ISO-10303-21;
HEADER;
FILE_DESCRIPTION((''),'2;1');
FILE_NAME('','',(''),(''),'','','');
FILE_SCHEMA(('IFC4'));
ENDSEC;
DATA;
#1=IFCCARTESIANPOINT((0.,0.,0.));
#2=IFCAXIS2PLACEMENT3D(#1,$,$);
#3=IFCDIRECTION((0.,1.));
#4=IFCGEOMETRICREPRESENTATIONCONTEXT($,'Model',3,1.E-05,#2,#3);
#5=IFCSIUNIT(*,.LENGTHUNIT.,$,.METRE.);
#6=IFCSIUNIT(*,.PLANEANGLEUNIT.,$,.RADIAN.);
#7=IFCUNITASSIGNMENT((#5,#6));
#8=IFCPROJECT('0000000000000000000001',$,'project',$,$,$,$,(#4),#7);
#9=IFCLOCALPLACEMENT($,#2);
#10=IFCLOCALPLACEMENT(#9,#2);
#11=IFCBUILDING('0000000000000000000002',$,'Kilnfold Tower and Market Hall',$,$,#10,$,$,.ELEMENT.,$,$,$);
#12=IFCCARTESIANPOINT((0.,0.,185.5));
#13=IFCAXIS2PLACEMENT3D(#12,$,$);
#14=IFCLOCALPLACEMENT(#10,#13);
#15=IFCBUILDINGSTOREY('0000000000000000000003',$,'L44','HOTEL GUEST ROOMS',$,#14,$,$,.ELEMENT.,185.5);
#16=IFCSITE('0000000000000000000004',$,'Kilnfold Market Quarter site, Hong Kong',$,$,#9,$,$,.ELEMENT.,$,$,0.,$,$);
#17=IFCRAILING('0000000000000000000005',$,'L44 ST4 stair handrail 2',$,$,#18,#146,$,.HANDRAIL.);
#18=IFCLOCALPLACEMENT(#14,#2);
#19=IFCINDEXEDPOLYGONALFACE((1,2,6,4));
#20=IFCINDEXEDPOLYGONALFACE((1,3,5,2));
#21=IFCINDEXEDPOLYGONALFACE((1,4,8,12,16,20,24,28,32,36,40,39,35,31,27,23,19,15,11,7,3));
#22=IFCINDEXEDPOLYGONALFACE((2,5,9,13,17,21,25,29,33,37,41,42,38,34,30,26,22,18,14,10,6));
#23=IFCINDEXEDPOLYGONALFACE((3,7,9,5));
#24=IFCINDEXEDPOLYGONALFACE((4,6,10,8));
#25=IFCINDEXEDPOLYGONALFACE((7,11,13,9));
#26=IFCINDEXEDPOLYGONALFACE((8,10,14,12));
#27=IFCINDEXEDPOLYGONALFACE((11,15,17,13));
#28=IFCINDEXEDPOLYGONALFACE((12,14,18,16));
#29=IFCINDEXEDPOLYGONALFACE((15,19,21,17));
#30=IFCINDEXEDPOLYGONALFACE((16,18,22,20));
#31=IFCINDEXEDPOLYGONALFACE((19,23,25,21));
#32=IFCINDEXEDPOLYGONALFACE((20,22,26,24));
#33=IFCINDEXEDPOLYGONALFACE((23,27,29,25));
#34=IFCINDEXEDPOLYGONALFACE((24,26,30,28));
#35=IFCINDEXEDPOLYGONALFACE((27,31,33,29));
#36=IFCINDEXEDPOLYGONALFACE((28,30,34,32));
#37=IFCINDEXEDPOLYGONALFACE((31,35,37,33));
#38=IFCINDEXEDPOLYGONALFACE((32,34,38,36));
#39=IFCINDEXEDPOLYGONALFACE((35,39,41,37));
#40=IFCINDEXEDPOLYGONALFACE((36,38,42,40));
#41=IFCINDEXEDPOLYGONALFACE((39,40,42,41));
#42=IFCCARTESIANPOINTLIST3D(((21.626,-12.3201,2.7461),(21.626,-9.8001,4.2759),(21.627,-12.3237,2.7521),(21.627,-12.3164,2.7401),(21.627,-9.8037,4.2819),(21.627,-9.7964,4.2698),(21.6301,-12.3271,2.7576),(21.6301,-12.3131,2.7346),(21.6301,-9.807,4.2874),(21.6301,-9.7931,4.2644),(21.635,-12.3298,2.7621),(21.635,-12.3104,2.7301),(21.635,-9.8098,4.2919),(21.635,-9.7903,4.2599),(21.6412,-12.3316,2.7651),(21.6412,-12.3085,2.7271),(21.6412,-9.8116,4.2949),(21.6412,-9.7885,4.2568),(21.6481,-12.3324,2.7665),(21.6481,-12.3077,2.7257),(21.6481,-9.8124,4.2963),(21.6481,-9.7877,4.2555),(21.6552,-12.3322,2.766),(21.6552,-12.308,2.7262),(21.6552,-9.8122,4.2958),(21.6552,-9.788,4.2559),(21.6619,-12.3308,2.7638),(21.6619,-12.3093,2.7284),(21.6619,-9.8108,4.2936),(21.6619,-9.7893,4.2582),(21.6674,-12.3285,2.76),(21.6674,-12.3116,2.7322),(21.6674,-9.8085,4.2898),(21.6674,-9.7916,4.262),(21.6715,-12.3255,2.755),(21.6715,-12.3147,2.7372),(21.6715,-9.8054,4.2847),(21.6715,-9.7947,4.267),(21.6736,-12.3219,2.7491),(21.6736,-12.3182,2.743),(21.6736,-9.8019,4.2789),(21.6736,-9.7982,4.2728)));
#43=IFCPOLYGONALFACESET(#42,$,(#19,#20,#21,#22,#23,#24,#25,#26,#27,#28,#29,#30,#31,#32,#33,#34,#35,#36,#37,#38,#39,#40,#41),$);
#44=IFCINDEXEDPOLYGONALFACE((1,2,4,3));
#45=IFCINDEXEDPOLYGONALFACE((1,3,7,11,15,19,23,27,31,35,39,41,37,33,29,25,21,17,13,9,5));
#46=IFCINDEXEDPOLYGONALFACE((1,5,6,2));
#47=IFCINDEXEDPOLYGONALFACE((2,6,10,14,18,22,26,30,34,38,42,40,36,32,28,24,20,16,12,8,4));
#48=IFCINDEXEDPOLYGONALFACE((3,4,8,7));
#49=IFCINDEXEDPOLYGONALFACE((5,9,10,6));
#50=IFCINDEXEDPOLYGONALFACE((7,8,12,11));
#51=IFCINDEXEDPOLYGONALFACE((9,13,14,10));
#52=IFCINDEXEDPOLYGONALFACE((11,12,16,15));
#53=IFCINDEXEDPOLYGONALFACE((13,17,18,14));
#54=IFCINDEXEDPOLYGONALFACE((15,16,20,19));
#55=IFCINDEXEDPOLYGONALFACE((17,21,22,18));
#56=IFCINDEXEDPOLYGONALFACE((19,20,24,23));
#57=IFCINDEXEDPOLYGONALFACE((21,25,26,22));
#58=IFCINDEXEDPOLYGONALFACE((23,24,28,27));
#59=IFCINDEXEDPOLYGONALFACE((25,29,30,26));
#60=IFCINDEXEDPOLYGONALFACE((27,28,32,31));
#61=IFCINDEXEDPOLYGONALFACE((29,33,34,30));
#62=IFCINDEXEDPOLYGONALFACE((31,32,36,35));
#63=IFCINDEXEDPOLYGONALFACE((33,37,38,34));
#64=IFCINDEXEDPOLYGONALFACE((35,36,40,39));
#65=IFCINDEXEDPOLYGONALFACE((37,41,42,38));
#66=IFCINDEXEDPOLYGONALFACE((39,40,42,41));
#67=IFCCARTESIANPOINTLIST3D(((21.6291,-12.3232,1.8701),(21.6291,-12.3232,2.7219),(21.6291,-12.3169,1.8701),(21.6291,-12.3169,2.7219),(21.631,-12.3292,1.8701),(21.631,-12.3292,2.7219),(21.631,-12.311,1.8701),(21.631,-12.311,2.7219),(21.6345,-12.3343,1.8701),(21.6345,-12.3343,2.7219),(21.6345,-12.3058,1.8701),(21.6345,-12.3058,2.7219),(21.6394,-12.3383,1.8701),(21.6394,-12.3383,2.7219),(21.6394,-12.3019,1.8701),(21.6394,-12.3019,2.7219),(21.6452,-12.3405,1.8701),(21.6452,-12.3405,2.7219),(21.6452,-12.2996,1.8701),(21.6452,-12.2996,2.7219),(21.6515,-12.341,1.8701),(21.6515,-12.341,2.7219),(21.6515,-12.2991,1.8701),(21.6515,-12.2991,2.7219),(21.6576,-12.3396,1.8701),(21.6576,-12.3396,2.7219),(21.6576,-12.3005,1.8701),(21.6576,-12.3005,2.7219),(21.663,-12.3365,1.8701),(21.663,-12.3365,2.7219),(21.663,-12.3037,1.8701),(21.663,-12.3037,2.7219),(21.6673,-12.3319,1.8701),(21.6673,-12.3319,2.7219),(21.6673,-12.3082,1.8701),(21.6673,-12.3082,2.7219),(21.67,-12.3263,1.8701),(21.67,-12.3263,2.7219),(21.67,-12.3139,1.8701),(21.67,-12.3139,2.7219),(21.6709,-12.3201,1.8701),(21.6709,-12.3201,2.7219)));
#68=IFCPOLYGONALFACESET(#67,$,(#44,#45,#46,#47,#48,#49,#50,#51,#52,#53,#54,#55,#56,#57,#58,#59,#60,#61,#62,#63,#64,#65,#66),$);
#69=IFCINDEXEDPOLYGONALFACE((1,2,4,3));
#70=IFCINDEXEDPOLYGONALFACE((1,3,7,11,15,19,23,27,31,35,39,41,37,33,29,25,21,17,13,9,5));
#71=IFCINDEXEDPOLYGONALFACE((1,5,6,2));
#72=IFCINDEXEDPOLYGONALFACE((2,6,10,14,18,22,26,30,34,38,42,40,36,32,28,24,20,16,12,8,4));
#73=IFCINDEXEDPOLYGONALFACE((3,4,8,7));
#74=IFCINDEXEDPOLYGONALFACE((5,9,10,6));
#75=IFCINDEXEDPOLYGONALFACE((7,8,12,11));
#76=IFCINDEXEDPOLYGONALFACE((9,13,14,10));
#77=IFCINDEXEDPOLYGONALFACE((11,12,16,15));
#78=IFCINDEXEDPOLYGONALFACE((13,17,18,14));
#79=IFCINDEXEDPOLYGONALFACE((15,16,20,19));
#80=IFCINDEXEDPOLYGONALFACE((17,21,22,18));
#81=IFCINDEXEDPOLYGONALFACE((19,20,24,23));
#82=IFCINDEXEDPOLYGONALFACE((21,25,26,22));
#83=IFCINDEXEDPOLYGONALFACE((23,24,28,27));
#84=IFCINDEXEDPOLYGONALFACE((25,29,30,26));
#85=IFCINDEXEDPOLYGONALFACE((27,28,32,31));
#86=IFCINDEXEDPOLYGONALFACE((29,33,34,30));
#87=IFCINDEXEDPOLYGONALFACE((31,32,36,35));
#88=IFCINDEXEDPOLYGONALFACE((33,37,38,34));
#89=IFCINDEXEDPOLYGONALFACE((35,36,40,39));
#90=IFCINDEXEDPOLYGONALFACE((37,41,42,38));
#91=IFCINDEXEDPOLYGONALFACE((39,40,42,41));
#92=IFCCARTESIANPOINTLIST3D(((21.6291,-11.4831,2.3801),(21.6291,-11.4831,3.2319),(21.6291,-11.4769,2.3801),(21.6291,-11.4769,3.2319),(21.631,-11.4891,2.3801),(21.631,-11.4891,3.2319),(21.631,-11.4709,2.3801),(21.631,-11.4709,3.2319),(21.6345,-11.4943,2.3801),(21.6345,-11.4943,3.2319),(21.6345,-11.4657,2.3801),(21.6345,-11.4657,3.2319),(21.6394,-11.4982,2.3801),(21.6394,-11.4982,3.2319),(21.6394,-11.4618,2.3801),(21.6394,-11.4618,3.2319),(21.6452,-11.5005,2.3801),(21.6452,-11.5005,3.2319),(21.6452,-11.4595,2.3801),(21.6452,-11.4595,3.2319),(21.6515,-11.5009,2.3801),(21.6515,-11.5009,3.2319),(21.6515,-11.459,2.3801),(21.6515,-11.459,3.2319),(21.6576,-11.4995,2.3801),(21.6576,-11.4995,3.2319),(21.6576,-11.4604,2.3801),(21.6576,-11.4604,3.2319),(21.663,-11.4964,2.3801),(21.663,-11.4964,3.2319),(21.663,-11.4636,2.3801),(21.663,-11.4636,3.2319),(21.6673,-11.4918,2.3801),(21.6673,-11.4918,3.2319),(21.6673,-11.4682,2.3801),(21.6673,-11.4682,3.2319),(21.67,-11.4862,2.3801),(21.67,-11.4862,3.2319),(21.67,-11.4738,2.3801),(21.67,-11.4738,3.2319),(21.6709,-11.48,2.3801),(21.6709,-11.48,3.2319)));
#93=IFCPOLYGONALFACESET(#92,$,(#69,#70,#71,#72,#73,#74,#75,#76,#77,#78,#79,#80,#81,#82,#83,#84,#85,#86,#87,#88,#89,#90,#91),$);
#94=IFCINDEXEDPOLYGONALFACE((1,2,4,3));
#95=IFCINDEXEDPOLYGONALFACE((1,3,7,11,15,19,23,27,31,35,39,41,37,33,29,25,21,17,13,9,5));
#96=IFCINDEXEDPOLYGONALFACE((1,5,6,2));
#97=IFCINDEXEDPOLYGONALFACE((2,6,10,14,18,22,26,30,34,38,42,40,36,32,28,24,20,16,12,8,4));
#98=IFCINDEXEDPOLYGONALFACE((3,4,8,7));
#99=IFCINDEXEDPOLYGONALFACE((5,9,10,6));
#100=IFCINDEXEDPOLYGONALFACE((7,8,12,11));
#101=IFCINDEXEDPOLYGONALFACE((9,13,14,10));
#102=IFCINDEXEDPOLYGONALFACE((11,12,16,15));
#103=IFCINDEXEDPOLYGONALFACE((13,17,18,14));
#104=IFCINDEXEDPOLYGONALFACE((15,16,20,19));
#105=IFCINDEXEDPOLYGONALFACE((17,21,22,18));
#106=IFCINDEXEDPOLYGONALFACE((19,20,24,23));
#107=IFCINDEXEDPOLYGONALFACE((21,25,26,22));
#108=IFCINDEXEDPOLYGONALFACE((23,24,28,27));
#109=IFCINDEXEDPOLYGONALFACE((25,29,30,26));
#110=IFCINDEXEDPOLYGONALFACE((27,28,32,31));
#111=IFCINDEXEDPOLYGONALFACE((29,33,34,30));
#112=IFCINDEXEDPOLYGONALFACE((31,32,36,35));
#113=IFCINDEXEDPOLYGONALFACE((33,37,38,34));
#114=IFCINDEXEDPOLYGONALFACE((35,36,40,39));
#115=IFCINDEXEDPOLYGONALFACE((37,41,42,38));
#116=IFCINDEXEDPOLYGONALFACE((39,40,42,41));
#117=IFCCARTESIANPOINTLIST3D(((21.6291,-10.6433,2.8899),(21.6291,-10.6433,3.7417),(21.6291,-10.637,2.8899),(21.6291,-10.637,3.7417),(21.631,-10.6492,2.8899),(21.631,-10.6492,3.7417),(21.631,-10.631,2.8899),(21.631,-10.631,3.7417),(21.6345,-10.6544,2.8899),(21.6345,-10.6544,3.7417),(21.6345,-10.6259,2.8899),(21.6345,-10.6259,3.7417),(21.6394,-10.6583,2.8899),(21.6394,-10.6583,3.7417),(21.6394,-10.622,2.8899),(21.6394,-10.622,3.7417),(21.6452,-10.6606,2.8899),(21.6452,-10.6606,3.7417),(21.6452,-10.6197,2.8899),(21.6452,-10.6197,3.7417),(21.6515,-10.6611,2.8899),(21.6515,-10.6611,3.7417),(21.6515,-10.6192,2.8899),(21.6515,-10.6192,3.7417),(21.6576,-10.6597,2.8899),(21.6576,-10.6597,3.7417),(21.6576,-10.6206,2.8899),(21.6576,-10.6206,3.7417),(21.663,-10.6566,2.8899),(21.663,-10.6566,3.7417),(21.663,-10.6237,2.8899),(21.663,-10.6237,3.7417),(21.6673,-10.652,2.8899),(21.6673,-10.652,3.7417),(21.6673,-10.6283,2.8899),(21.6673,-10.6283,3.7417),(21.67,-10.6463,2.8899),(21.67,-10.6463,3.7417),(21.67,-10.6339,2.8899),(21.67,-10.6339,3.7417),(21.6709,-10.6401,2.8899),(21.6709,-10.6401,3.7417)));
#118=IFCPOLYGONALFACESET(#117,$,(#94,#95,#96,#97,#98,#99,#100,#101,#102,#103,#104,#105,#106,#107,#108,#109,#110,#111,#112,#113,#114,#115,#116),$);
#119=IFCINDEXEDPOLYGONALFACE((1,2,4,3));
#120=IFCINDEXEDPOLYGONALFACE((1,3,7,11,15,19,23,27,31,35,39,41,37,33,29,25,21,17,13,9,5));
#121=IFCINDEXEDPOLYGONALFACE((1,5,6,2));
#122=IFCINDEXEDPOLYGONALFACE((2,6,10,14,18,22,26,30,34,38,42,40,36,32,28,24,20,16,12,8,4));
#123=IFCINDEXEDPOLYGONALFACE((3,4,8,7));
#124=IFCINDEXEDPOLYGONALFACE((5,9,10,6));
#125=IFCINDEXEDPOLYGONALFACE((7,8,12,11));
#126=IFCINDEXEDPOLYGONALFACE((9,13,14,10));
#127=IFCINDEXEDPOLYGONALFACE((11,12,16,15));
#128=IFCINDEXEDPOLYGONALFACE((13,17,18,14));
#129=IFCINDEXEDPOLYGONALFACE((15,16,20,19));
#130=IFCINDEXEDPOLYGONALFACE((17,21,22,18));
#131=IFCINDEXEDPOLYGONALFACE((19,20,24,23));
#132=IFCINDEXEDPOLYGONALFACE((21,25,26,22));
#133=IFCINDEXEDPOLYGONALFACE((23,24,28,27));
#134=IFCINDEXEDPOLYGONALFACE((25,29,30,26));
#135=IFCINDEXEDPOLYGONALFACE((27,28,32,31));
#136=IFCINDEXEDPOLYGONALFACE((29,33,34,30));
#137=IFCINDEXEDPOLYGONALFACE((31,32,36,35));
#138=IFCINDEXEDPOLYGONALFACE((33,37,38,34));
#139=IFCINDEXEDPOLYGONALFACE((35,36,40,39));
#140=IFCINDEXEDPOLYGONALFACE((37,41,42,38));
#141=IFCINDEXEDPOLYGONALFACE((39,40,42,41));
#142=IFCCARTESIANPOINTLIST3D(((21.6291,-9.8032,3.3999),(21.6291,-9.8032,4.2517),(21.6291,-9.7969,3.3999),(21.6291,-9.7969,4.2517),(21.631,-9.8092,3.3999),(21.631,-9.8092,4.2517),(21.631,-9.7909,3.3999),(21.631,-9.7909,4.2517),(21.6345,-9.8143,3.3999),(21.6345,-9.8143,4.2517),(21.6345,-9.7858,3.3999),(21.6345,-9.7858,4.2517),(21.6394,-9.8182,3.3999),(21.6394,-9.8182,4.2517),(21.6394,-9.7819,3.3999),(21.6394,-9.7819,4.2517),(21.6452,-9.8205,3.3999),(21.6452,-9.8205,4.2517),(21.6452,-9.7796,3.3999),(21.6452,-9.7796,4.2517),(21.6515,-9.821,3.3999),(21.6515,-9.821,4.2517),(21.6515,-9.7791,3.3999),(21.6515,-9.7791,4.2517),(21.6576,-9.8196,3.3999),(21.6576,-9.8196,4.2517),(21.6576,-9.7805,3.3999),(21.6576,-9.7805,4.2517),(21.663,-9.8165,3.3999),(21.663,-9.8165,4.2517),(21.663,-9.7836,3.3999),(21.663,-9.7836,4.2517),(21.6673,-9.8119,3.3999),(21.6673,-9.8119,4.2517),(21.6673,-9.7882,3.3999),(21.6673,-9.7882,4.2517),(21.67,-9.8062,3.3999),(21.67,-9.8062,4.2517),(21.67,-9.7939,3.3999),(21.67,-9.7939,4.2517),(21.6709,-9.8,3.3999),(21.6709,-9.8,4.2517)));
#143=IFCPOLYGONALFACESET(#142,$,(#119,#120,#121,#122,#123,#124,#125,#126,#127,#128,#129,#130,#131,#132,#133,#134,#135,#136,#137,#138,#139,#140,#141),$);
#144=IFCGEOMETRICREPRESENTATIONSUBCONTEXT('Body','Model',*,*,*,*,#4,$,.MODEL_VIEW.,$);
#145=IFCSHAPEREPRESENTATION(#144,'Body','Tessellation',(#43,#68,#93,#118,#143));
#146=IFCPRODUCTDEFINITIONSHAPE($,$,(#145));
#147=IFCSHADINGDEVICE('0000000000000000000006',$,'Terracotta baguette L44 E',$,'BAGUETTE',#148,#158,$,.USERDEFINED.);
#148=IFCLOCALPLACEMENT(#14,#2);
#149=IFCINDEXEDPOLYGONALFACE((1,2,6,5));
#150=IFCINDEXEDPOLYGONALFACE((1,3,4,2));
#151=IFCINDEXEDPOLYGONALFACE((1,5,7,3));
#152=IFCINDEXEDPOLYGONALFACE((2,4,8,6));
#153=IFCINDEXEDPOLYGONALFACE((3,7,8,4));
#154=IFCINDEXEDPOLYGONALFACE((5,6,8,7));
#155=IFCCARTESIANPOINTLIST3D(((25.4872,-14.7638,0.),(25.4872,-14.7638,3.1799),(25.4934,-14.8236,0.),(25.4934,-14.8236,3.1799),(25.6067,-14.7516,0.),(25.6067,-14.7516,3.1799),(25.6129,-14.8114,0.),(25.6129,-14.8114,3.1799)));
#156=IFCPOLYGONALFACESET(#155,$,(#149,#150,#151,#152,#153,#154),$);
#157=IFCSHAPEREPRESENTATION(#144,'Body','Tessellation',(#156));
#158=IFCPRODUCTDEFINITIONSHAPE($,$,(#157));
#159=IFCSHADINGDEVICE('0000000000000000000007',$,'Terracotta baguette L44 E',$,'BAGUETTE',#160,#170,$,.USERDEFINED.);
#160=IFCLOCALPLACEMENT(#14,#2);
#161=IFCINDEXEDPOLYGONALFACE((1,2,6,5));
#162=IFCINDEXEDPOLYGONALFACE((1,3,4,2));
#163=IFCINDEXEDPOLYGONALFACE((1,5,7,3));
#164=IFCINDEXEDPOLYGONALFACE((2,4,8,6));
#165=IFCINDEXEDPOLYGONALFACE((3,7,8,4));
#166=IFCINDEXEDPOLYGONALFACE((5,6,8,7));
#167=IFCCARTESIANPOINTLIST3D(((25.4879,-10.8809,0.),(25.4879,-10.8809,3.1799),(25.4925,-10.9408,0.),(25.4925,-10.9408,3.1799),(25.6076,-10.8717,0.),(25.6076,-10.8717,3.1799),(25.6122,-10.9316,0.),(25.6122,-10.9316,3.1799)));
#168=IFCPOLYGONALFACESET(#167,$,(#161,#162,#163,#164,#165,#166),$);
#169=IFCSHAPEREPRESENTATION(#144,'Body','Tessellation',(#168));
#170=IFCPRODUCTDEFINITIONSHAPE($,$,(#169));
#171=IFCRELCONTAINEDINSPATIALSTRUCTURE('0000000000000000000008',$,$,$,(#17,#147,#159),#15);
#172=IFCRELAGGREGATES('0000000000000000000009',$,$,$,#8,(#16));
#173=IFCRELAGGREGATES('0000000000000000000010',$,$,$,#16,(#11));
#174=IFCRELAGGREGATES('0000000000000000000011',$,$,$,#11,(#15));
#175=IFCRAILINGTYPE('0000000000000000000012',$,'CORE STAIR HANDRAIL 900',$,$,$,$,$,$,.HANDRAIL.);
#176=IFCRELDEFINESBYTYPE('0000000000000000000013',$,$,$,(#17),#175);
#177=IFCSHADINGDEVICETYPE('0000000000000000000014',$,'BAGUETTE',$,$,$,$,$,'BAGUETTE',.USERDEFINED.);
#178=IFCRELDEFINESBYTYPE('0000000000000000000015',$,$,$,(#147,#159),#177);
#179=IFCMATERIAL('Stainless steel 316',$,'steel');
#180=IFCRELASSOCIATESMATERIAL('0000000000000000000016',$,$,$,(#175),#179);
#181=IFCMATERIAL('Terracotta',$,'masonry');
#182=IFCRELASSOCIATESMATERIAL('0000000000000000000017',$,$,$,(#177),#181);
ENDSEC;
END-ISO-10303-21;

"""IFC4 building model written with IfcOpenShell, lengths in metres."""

from ifc_helpers import new_model, si_unit, direction, frame, origin, origin_2d, place, context, subcontext, project, spatial, rectangle, circle, extrude, source, transform, mapped, material, material_profile, profile_set, type_object, element, save


model = new_model("IFC4")

# Units and contexts
model_context = context("Model", 3, precision=1e-05, world=origin(), true_north=direction((0.0, 1.0)))
body_context = subcontext(model_context, "Body", "Model", "MODEL_VIEW")
ifc_project = project(units=[si_unit("LENGTHUNIT", "METRE"), si_unit("PLANEANGLEUNIT", "RADIAN")], contexts=[model_context])

# Site, building, storey
site_placement = place(None, origin())
site = spatial("IfcSite", under=ifc_project, at=site_placement, Name="Kilnfold Market Quarter site, Hong Kong", CompositionType="ELEMENT", RefElevation=0.0)
building_placement = place(site_placement, origin())
building = spatial("IfcBuilding", under=site, at=building_placement, Name="Kilnfold Tower and Market Hall", CompositionType="ELEMENT")
storey_placement = place(building_placement, frame((0.0, 0.0, 185.5)))
storey = spatial("IfcBuildingStorey", under=building, at=storey_placement, Name="L44", Description="HOTEL GUEST ROOMS", CompositionType="ELEMENT", Elevation=185.5)

# Railing
ifc_material_1 = material(Name="Stainless steel 316", Category="steel")
railing_type_1 = type_object("IfcRailingType", Name="CORE STAIR HANDRAIL 900", PredefinedType="HANDRAIL", material=ifc_material_1)
railing_1_placement = place(storey_placement, frame((21.6499, -12.3201, 1.8701)))
element("IfcRailing", 1, at=railing_1_placement, inside=storey, type_object=railing_type_1, Name="L44 ST4 stair handrail 2", PredefinedType="HANDRAIL", context=body_context, shape_type="SweptSolid", body=[
    extrude(circle(Radius=0.0239, at=origin_2d()), frame((0.0, 0.0, 0.876), z_axis=(0.0, 0.854822, 0.518922), x_axis=(-1.0, 0.0, 0.0)), (0.0, 0.0, 1.0), 2.948),
    extrude(circle(Radius=0.021, at=origin_2d()), origin(), (0.0, 0.0, 1.0), 0.8518),
    extrude(circle(Radius=0.021, at=origin_2d()), frame((0.0, 0.8401, 0.51)), (0.0, 0.0, 1.0), 0.8518),
    extrude(circle(Radius=0.021, at=origin_2d()), frame((0.0, 1.6799, 1.0198)), (0.0, 0.0, 1.0), 0.8518),
    extrude(circle(Radius=0.021, at=origin_2d()), frame((0.0, 2.52, 1.5298)), (0.0, 0.0, 1.0), 0.8518),
])

# Shading devices
ifc_material_2 = material(Name="Terracotta", Category="masonry")
ifc_material_profile_1 = material_profile(ifc_material_2, rectangle(XDim=0.0601, YDim=0.1201, at=origin_2d()), Name="BAG 60x120")
ifc_profile_set_1 = profile_set([ifc_material_profile_1], Name="Terracotta")
shading_device_type = type_object("IfcShadingDeviceType", Name="BAGUETTE", ElementType="BAGUETTE", PredefinedType="USERDEFINED", material=ifc_profile_set_1)
shared_shape_1 = source(origin(), body_context, "Body", "SweptSolid", [
    extrude(rectangle(XDim=0.0601, YDim=0.1201, at=origin_2d()), origin(), (0.0, 0.0, 1.0), 3.1799),
])
for number, where, z_axis, x_axis, name in (
    (2, (25.55, -14.7876, 0.0), (0.0, 0.0, 1.0), (-0.101789, 0.994806, 0.0), "Terracotta baguette L44 E"),
    (3, (25.55, -10.9062, 0.0), (0.0, 0.0, 1.0), (-0.076554, 0.997065, 0.0), "Terracotta baguette L44 E"),
):
    element("IfcShadingDevice", number, at=place(storey_placement, frame(where, z_axis=z_axis, x_axis=x_axis)), inside=storey, type_object=shading_device_type, Name=name, ObjectType="BAGUETTE", PredefinedType="USERDEFINED", context=body_context, shape_type="MappedRepresentation", body=[
        mapped(shared_shape_1, transform((0.0, 0.0, 0.0))),
    ])

save(model, "model.ifc")
